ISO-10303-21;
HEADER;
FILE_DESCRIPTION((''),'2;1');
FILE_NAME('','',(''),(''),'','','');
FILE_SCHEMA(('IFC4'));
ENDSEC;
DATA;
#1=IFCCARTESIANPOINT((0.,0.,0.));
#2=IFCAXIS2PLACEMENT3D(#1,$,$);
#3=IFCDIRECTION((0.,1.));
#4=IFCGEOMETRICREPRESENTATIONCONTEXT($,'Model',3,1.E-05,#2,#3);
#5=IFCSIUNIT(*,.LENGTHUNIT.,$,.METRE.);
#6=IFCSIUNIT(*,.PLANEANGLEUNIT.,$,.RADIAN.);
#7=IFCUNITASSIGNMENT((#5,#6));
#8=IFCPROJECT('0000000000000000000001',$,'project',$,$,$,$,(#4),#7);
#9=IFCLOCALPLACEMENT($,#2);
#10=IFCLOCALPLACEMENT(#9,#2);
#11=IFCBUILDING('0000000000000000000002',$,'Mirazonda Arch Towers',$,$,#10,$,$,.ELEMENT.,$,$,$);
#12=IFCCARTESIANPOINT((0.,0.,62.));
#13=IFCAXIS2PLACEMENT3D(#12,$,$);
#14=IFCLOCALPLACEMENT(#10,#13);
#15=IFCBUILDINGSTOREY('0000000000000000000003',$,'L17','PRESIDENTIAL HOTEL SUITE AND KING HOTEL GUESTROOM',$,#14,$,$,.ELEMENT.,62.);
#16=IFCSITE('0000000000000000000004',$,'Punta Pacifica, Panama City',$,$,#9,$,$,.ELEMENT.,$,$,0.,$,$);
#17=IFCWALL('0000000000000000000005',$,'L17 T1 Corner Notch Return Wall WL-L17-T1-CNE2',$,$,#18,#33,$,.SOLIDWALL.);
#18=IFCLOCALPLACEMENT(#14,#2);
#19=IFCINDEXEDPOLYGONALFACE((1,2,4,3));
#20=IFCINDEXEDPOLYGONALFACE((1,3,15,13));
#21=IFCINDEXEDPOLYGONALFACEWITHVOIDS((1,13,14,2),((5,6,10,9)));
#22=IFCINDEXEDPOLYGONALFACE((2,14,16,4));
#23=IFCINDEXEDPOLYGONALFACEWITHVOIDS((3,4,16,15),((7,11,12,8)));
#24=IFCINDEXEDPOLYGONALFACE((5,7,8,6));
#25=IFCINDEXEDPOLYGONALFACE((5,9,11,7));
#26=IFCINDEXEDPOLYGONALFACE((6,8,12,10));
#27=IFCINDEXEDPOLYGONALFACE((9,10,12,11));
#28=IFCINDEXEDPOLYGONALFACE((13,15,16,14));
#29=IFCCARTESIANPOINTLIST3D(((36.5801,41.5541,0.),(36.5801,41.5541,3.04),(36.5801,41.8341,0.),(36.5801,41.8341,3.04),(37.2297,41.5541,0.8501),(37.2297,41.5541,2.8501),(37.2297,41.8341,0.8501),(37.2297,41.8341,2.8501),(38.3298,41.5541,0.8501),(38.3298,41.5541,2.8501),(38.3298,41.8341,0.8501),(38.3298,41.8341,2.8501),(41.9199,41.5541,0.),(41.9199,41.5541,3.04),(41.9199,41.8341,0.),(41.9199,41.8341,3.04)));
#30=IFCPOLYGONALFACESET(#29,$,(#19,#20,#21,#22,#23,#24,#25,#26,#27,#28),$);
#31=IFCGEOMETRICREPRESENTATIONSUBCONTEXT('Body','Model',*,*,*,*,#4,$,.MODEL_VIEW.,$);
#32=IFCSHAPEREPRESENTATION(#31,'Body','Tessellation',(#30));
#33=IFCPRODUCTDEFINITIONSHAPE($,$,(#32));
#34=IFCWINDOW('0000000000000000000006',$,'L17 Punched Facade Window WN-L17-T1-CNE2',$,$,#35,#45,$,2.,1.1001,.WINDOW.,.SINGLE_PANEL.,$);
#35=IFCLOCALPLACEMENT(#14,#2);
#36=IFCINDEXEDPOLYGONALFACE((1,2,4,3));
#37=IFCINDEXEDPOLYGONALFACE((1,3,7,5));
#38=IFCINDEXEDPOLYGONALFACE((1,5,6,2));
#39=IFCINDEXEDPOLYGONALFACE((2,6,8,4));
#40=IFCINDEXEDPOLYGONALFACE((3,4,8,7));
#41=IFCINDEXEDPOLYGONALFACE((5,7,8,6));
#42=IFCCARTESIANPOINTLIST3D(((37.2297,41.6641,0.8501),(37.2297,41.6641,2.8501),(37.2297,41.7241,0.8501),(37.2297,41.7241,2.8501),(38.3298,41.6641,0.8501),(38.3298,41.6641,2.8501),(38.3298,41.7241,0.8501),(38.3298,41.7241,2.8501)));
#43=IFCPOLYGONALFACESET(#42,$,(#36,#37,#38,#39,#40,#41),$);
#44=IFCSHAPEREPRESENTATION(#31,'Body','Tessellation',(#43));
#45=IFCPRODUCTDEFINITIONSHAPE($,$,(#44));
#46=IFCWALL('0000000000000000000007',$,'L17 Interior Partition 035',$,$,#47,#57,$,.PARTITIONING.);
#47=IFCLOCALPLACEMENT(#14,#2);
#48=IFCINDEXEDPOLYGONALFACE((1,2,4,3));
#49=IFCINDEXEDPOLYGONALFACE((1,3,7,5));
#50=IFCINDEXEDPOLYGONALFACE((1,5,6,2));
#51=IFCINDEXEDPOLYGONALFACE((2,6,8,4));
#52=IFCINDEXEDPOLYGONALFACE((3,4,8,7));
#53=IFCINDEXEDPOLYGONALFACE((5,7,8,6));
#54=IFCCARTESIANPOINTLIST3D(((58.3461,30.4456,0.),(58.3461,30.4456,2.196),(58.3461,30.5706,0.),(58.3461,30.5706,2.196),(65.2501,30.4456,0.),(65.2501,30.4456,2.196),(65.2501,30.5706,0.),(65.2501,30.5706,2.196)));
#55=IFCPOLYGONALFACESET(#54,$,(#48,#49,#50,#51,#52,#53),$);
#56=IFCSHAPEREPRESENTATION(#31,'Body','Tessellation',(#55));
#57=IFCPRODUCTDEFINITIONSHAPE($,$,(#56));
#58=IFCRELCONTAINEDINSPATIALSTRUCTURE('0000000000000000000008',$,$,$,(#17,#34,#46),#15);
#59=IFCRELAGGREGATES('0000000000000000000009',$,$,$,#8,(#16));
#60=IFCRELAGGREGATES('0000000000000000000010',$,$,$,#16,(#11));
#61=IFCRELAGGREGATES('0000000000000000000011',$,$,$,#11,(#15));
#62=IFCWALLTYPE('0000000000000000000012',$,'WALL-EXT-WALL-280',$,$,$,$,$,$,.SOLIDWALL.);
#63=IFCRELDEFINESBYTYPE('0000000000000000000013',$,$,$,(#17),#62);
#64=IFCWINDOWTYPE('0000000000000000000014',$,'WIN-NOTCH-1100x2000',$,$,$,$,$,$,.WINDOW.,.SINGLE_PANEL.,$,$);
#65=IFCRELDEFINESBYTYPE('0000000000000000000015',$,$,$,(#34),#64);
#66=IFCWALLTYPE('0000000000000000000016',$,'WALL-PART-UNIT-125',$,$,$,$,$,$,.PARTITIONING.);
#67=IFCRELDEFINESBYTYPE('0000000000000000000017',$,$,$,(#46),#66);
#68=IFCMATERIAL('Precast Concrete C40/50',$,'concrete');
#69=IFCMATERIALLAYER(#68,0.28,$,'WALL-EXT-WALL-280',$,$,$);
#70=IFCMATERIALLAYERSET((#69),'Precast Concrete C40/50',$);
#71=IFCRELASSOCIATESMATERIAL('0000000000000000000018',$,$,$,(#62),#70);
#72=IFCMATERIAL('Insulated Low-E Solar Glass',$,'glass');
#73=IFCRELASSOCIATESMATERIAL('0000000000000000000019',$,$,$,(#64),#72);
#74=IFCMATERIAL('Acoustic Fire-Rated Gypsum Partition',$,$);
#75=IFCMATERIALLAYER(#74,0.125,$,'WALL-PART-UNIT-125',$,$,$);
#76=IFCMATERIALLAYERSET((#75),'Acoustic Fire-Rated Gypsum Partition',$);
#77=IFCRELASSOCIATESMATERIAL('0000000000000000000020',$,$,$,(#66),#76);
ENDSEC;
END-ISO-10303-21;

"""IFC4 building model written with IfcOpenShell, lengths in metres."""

from ifc_helpers import new_model, si_unit, direction, frame, frame_2d, origin, place, context, subcontext, project, spatial, rectangle, extrude, material, layer, layer_set, type_object, element, fill, save


model = new_model("IFC4")

# Units and contexts
model_context = context("Model", 3, precision=1e-05, world=origin(), true_north=direction((0.0, 1.0)))
body_context = subcontext(model_context, "Body", "Model", "MODEL_VIEW")
ifc_project = project(units=[si_unit("LENGTHUNIT", "METRE"), si_unit("PLANEANGLEUNIT", "RADIAN")], contexts=[model_context])

# Site, building, storey
site_placement = place(None, origin())
site = spatial("IfcSite", under=ifc_project, at=site_placement, Name="Punta Pacifica, Panama City", CompositionType="ELEMENT", RefElevation=0.0)
building_placement = place(site_placement, origin())
building = spatial("IfcBuilding", under=site, at=building_placement, Name="Mirazonda Arch Towers", CompositionType="ELEMENT")
storey_placement = place(building_placement, frame((0.0, 0.0, 62.0)))
storey = spatial("IfcBuildingStorey", under=building, at=storey_placement, Name="L17", Description="PRESIDENTIAL HOTEL SUITE AND KING HOTEL GUESTROOM", CompositionType="ELEMENT", Elevation=62.0)

# Shared definitions
ifc_material_1 = material(Name="Insulated Low-E Solar Glass", Category="glass")

# Wall, opening, window
ifc_material_2 = material(Name="Precast Concrete C40/50", Category="concrete")
ifc_layer_1 = layer(ifc_material_2, 0.28, Name="WALL-EXT-WALL-280")
ifc_layer_set_1 = layer_set([ifc_layer_1], Name="Precast Concrete C40/50")
wall_type_1 = type_object("IfcWallType", Name="WALL-EXT-WALL-280", PredefinedType="SOLIDWALL", material=ifc_layer_set_1)
wall_1_placement = place(storey_placement, frame((41.9199, 41.6941, 0.0), z_axis=(0.0, 0.0, 1.0), x_axis=(-1.0, 0.0, 0.0)))
wall_1 = element("IfcWall", 1, at=wall_1_placement, inside=storey, type_object=wall_type_1, Name="L17 T1 Corner Notch Return Wall WL-L17-T1-CNE2", PredefinedType="SOLIDWALL", context=body_context, shape_type="SweptSolid", body=[
    extrude(rectangle(XDim=5.3398, YDim=0.28, at=frame_2d((2.6699, 0.0))), origin(), (0.0, 0.0, 1.0), 3.04),
])
opening_1_placement = place(wall_1_placement, frame((3.5901, 0.0, 0.8501)))
opening_1 = element("IfcOpeningElement", 2, at=opening_1_placement, cuts=wall_1, PredefinedType="OPENING", context=body_context, shape_type="SweptSolid", body=[
    extrude(rectangle(XDim=1.1001, YDim=2.0, at=frame_2d((0.55, 1.0))), frame((0.0, 0.1499, 0.0), z_axis=(0.0, -1.0, 0.0), x_axis=(1.0, 0.0, 0.0)), (0.0, 0.0, 1.0), 0.3),
])
window_type = type_object("IfcWindowType", Name="WIN-NOTCH-1100x2000", PartitioningType="SINGLE_PANEL", PredefinedType="WINDOW", material=ifc_material_1)
window_placement = place(opening_1_placement, origin())
window = element("IfcWindow", 3, at=window_placement, inside=storey, type_object=window_type, Name="L17 Punched Facade Window WN-L17-T1-CNE2", OverallHeight=2.0, OverallWidth=1.1001, PartitioningType="SINGLE_PANEL", PredefinedType="WINDOW", context=body_context, shape_type="SweptSolid", body=[
    extrude(rectangle(XDim=1.1001, YDim=2.0, at=frame_2d((0.55, 1.0))), frame((0.0, 0.03, 0.0), z_axis=(0.0, -1.0, 0.0), x_axis=(1.0, 0.0, 0.0)), (0.0, 0.0, 1.0), 0.0601),
])
fill(opening_1, window)

# Wall
ifc_material_3 = material(Name="Acoustic Fire-Rated Gypsum Partition")
ifc_layer_2 = layer(ifc_material_3, 0.125, Name="WALL-PART-UNIT-125")
ifc_layer_set_2 = layer_set([ifc_layer_2], Name="Acoustic Fire-Rated Gypsum Partition")
wall_type_2 = type_object("IfcWallType", Name="WALL-PART-UNIT-125", PredefinedType="PARTITIONING", material=ifc_layer_set_2)
wall_2_placement = place(storey_placement, frame((58.3459, 30.5081, 0.0), z_axis=(0.0, 0.0, 1.0), x_axis=(1.0, 0.0, 0.0)))
element("IfcWall", 4, at=wall_2_placement, inside=storey, type_object=wall_type_2, Name="L17 Interior Partition 035", PredefinedType="PARTITIONING", context=body_context, shape_type="SweptSolid", body=[
    extrude(rectangle(XDim=6.9041, YDim=0.125, at=frame_2d((3.4521, 0.0))), origin(), (0.0, 0.0, 1.0), 2.196),
])

save(model, "model.ifc")
